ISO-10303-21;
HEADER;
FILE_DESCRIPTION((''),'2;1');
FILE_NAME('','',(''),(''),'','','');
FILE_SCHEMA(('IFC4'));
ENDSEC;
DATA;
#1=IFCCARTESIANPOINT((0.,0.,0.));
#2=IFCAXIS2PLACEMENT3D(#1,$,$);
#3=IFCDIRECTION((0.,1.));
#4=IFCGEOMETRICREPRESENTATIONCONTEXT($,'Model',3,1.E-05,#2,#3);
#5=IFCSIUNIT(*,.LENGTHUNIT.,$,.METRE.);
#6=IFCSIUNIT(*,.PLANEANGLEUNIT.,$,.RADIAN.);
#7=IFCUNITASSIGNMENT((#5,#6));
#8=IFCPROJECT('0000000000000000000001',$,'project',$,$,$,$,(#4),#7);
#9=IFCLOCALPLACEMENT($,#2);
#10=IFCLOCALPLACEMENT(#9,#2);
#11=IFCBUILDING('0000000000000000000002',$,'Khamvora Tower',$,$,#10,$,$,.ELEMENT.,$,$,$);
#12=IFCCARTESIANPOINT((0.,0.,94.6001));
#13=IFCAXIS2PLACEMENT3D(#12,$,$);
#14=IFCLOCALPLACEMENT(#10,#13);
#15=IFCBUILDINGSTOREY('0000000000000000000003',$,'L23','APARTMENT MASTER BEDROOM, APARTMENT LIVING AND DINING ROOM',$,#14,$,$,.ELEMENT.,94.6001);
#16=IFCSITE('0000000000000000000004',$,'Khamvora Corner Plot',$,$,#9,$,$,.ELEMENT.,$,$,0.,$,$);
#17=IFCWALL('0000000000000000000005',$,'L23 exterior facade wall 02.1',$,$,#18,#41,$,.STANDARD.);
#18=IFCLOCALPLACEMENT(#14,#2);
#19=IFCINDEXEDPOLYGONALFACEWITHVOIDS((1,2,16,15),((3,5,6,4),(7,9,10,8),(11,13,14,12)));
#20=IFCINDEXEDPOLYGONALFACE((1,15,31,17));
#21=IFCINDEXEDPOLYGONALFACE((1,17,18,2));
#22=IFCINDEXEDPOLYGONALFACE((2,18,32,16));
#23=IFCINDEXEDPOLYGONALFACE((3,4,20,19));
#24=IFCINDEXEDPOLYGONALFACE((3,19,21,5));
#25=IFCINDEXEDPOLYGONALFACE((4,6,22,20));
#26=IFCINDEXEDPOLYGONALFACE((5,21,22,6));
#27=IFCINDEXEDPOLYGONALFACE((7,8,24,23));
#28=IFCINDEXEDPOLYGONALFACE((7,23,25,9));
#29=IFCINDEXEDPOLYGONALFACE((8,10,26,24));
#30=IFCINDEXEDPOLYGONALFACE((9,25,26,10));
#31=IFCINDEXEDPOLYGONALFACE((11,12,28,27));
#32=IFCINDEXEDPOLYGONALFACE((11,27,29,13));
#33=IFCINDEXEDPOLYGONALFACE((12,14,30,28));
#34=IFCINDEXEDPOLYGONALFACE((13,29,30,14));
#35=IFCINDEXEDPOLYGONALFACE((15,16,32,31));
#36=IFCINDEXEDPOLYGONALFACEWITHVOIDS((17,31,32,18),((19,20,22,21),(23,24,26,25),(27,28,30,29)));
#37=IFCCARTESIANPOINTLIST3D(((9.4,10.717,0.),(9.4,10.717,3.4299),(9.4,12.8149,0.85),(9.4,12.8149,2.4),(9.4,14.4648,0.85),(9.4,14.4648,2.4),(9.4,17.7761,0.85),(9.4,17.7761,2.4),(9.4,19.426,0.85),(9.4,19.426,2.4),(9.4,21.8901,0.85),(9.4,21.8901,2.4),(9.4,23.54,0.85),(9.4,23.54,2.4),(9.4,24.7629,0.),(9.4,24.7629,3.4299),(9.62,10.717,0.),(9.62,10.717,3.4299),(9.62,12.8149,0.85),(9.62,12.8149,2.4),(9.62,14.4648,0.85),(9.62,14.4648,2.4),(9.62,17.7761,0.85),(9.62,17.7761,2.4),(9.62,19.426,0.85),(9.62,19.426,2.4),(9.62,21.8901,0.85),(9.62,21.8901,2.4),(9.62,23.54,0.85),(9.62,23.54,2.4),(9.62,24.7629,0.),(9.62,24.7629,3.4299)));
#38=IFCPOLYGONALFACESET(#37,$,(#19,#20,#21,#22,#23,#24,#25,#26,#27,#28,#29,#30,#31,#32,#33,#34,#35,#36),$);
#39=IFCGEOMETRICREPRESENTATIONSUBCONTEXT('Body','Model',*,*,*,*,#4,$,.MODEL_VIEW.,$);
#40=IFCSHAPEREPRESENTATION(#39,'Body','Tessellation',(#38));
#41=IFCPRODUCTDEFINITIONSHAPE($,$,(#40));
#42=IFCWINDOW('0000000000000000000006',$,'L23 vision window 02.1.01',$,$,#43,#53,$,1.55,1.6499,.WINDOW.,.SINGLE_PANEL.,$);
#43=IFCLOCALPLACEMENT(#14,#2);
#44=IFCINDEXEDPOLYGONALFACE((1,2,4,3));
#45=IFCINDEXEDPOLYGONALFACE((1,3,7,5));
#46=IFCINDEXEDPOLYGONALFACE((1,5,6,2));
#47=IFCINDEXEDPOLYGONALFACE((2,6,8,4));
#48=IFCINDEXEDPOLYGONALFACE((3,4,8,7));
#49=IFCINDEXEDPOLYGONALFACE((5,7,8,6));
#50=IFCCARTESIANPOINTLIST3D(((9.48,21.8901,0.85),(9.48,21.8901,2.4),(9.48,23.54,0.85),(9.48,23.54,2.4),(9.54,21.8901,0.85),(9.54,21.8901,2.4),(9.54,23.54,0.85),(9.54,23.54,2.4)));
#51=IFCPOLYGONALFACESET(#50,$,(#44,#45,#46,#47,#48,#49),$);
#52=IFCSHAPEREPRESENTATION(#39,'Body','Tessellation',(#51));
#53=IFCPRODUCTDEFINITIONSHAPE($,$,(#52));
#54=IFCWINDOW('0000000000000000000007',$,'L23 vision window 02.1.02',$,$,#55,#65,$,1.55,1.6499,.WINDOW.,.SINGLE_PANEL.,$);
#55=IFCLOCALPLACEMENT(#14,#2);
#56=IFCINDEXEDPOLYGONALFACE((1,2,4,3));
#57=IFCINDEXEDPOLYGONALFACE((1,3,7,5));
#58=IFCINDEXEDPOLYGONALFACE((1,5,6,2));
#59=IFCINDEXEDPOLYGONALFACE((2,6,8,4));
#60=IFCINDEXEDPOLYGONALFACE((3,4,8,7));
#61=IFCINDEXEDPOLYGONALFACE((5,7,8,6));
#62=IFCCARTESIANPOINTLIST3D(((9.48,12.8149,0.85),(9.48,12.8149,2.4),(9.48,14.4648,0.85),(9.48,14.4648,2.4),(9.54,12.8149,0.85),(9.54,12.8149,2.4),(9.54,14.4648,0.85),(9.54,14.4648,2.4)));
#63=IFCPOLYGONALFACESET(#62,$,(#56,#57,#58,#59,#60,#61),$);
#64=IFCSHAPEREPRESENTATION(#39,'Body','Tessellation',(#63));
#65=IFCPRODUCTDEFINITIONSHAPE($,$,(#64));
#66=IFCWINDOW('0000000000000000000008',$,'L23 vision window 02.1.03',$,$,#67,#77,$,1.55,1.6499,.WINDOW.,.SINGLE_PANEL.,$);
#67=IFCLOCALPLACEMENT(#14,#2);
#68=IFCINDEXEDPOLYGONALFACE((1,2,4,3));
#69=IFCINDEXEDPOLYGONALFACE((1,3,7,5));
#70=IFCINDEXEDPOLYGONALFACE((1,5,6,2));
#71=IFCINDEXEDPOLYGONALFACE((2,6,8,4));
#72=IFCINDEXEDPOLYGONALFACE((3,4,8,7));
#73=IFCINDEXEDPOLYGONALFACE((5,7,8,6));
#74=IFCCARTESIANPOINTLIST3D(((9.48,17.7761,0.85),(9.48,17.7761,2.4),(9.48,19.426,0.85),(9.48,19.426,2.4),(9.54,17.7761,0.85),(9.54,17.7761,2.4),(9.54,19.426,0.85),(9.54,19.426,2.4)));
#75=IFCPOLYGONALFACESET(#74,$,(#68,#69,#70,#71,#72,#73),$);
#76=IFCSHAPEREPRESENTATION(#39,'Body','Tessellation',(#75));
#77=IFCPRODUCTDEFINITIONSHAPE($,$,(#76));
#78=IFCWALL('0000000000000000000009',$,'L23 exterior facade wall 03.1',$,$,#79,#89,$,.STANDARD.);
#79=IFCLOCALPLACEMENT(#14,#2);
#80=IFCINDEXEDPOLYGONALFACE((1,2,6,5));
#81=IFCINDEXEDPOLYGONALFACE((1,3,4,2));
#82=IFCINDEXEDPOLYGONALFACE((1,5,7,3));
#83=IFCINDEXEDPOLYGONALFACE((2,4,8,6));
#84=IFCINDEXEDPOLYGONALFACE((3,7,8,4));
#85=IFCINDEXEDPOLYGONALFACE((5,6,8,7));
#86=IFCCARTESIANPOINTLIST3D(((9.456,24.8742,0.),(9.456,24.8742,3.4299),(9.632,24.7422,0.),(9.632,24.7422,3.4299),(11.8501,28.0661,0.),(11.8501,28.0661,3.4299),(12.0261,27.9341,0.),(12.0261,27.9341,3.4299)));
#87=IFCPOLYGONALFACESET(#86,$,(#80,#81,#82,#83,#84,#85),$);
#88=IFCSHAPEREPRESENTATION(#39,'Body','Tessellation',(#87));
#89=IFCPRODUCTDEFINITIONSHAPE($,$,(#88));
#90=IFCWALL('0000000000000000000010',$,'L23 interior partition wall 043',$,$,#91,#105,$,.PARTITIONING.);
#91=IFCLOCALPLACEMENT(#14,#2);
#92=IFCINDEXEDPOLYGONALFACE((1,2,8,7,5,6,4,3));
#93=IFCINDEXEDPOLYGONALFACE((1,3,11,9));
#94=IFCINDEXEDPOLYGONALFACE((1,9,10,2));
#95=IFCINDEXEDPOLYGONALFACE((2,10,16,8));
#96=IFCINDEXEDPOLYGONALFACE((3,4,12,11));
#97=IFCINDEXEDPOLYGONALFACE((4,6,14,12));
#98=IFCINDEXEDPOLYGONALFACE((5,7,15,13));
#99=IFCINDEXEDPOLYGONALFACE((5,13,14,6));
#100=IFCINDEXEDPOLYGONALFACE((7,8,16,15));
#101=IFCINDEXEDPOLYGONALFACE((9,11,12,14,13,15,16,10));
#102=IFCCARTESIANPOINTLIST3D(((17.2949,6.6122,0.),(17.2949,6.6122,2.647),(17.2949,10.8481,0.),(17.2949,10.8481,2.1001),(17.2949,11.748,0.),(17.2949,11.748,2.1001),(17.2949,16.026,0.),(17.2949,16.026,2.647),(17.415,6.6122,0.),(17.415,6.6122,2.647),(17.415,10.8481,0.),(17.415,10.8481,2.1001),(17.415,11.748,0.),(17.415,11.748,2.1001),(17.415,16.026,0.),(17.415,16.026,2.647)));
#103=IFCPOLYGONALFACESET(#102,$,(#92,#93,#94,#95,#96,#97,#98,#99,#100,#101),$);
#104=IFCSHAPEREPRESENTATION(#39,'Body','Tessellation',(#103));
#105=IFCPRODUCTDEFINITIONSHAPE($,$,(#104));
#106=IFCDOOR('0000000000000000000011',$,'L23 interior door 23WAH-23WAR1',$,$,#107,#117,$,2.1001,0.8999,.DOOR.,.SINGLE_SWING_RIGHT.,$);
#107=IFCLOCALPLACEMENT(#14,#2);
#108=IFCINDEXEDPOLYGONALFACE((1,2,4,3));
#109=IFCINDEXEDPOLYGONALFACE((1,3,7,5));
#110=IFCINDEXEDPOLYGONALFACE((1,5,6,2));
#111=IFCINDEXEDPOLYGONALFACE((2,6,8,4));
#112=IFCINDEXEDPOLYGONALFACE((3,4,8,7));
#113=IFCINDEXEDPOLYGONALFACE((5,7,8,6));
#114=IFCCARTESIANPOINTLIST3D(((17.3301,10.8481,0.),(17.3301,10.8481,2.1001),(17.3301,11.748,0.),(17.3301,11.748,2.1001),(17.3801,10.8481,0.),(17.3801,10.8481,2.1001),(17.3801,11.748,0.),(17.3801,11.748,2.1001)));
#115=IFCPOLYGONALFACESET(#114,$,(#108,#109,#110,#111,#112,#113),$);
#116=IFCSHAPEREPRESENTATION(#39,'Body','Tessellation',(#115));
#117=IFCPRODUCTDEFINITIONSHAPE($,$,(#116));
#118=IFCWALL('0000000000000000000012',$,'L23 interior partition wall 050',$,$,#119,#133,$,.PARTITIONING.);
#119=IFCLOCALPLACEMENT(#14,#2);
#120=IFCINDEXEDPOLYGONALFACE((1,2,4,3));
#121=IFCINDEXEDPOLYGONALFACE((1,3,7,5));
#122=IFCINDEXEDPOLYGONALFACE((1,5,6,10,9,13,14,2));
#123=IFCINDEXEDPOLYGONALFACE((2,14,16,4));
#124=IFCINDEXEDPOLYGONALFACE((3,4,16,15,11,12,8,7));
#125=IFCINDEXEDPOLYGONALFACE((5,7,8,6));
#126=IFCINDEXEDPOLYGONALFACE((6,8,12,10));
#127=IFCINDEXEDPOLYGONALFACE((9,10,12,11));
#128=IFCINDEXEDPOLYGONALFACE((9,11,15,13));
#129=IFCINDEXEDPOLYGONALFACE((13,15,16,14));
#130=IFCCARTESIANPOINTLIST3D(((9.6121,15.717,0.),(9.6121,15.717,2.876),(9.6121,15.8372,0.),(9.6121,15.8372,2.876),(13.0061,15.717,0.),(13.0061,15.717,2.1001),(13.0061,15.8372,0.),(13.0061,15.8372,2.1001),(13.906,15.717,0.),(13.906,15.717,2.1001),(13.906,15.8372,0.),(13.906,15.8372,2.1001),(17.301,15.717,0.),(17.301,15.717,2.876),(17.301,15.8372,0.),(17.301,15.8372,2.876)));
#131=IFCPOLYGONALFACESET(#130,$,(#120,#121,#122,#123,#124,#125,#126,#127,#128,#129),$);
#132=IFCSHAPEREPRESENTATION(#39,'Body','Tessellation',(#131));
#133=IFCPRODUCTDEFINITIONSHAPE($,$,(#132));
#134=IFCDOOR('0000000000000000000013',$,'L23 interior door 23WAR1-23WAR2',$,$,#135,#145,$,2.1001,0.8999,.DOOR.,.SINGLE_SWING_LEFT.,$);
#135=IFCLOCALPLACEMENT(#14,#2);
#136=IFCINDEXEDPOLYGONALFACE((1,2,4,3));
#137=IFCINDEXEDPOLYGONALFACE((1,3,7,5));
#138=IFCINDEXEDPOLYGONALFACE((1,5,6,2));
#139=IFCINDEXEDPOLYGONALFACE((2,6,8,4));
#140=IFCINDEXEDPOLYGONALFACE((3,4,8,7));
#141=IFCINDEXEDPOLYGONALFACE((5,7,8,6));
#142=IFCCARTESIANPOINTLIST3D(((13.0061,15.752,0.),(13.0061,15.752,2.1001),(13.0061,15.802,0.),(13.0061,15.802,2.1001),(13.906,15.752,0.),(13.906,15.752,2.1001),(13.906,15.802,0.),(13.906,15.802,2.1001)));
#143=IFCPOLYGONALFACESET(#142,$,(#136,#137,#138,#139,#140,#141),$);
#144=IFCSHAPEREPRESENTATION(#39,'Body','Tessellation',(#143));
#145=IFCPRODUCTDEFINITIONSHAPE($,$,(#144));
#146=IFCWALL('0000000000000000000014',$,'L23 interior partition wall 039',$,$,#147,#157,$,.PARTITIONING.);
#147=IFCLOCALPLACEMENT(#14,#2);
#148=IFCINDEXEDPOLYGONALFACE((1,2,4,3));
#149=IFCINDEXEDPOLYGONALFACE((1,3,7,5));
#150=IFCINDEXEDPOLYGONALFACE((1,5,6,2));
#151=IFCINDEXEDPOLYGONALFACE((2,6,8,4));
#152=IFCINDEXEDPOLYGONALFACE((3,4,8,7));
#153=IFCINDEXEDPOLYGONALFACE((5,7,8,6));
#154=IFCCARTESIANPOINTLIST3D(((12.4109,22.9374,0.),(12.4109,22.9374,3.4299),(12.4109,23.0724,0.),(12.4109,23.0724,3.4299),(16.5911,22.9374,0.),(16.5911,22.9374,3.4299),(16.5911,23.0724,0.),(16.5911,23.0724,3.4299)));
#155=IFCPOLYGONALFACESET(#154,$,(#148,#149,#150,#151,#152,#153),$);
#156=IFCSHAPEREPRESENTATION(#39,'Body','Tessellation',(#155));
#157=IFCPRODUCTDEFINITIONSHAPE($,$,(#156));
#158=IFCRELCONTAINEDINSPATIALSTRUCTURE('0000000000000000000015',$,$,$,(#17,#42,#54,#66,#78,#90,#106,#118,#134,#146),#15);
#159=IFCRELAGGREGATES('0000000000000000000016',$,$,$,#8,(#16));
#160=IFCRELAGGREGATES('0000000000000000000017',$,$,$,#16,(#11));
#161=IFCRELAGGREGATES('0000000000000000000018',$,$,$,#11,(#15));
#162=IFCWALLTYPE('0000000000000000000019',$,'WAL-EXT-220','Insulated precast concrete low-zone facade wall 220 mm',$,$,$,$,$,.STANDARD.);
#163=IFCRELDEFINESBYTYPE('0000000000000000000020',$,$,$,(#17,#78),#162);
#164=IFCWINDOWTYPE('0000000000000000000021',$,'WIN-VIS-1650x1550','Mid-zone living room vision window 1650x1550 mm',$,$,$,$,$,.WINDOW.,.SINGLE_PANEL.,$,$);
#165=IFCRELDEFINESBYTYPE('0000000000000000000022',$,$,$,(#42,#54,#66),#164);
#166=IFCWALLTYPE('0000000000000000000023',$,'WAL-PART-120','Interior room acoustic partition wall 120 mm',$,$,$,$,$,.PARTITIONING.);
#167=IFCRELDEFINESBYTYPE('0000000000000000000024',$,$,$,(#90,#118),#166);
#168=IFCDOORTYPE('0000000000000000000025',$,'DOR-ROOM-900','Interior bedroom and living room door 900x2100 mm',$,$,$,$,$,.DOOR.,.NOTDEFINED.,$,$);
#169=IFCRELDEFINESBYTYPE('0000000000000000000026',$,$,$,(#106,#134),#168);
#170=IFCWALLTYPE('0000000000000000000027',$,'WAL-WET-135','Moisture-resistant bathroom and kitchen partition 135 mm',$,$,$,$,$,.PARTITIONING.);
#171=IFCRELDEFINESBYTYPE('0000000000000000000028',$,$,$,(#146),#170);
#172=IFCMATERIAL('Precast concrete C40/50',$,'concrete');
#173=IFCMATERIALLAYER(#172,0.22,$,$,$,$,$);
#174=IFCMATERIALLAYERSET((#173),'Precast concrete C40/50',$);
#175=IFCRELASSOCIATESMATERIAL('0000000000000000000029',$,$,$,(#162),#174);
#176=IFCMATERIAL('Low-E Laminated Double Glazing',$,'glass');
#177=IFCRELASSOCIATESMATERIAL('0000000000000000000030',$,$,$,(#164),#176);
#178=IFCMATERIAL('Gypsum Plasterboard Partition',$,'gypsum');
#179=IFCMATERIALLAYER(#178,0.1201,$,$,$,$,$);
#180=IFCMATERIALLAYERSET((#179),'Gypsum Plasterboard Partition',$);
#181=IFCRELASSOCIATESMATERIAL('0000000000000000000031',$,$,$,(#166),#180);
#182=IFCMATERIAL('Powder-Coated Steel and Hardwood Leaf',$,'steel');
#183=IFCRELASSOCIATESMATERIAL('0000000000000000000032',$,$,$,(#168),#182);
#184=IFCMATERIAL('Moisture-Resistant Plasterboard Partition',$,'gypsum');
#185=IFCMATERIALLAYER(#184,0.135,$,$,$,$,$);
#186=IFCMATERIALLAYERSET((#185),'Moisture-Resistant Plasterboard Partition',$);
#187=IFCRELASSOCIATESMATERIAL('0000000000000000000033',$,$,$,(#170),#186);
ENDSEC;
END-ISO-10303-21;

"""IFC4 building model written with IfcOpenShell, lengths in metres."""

from ifc_helpers import new_model, si_unit, direction, frame, frame_2d, origin, place, context, subcontext, project, spatial, rectangle, extrude, material, layer, layer_set, type_object, element, fill, save


model = new_model("IFC4")

# Units and contexts
model_context = context("Model", 3, precision=1e-05, world=origin(), true_north=direction((0.0, 1.0)))
body_context = subcontext(model_context, "Body", "Model", "MODEL_VIEW")
ifc_project = project(units=[si_unit("LENGTHUNIT", "METRE"), si_unit("PLANEANGLEUNIT", "RADIAN")], contexts=[model_context])

# Site, building, storey
site_placement = place(None, origin())
site = spatial("IfcSite", under=ifc_project, at=site_placement, Name="Khamvora Corner Plot", CompositionType="ELEMENT", RefElevation=0.0)
building_placement = place(site_placement, origin())
building = spatial("IfcBuilding", under=site, at=building_placement, Name="Khamvora Tower", CompositionType="ELEMENT")
storey_placement = place(building_placement, frame((0.0, 0.0, 94.6001)))
storey = spatial("IfcBuildingStorey", under=building, at=storey_placement, Name="L23", Description="APARTMENT MASTER BEDROOM, APARTMENT LIVING AND DINING ROOM", CompositionType="ELEMENT", Elevation=94.6001)

# Shared definitions
ifc_material_1 = material(Name="Precast concrete C40/50", Category="concrete")
ifc_layer_1 = layer(ifc_material_1, 0.22)
ifc_layer_set_1 = layer_set([ifc_layer_1], Name="Precast concrete C40/50")
wall_type_1 = type_object("IfcWallType", Name="WAL-EXT-220", Description="Insulated precast concrete low-zone facade wall 220 mm", PredefinedType="STANDARD", material=ifc_layer_set_1)

# Wall, openings, windows
wall_1_placement = place(storey_placement, frame((9.51, 10.717, 0.0), z_axis=(0.0, 0.0, 1.0), x_axis=(0.0, 1.0, 0.0)))
wall_1 = element("IfcWall", 1, at=wall_1_placement, inside=storey, type_object=wall_type_1, Name="L23 exterior facade wall 02.1", PredefinedType="STANDARD", context=body_context, shape_type="SweptSolid", body=[
    extrude(rectangle(XDim=14.0459, YDim=0.22, at=frame_2d((7.0229, 0.0))), origin(), (0.0, 0.0, 1.0), 3.4299),
])
opening_1_placement = place(wall_1_placement, frame((11.1731, 0.0, 0.8501)))
opening_1 = element("IfcOpeningElement", 2, at=opening_1_placement, cuts=wall_1, PredefinedType="OPENING", context=body_context, shape_type="SweptSolid", body=[
    extrude(rectangle(XDim=1.6499, YDim=1.55, at=frame_2d((0.825, 0.7749))), frame((0.0, 0.1199, 0.0), z_axis=(0.0, -1.0, 0.0), x_axis=(1.0, 0.0, 0.0)), (0.0, 0.0, 1.0), 0.24),
])
opening_2_placement = place(wall_1_placement, frame((2.0979, 0.0, 0.8501)))
opening_2 = element("IfcOpeningElement", 3, at=opening_2_placement, cuts=wall_1, PredefinedType="OPENING", context=body_context, shape_type="SweptSolid", body=[
    extrude(rectangle(XDim=1.6499, YDim=1.55, at=frame_2d((0.825, 0.7749))), frame((0.0, 0.1199, 0.0), z_axis=(0.0, -1.0, 0.0), x_axis=(1.0, 0.0, 0.0)), (0.0, 0.0, 1.0), 0.24),
])
opening_3_placement = place(wall_1_placement, frame((7.0591, 0.0, 0.8501)))
opening_3 = element("IfcOpeningElement", 4, at=opening_3_placement, cuts=wall_1, PredefinedType="OPENING", context=body_context, shape_type="SweptSolid", body=[
    extrude(rectangle(XDim=1.6499, YDim=1.55, at=frame_2d((0.825, 0.7749))), frame((0.0, 0.1199, 0.0), z_axis=(0.0, -1.0, 0.0), x_axis=(1.0, 0.0, 0.0)), (0.0, 0.0, 1.0), 0.24),
])
ifc_material_2 = material(Name="Low-E Laminated Double Glazing", Category="glass")
window_type = type_object("IfcWindowType", Name="WIN-VIS-1650x1550", Description="Mid-zone living room vision window 1650x1550 mm", PartitioningType="SINGLE_PANEL", PredefinedType="WINDOW", material=ifc_material_2)
window_1_placement = place(opening_1_placement, origin())
window_1 = element("IfcWindow", 5, at=window_1_placement, inside=storey, type_object=window_type, Name="L23 vision window 02.1.01", OverallHeight=1.55, OverallWidth=1.6499, PartitioningType="SINGLE_PANEL", PredefinedType="WINDOW", context=body_context, shape_type="SweptSolid", body=[
    extrude(rectangle(XDim=1.6499, YDim=1.55, at=frame_2d((0.825, 0.7749))), frame((0.0, 0.03, 0.0), z_axis=(0.0, -1.0, 0.0), x_axis=(1.0, 0.0, 0.0)), (0.0, 0.0, 1.0), 0.0601),
])
fill(opening_1, window_1)
window_2_placement = place(opening_2_placement, origin())
window_2 = element("IfcWindow", 6, at=window_2_placement, inside=storey, type_object=window_type, Name="L23 vision window 02.1.02", OverallHeight=1.55, OverallWidth=1.6499, PartitioningType="SINGLE_PANEL", PredefinedType="WINDOW", context=body_context, shape_type="SweptSolid", body=[
    extrude(rectangle(XDim=1.6499, YDim=1.55, at=frame_2d((0.825, 0.7749))), frame((0.0, 0.03, 0.0), z_axis=(0.0, -1.0, 0.0), x_axis=(1.0, 0.0, 0.0)), (0.0, 0.0, 1.0), 0.0601),
])
fill(opening_2, window_2)
window_3_placement = place(opening_3_placement, origin())
window_3 = element("IfcWindow", 7, at=window_3_placement, inside=storey, type_object=window_type, Name="L23 vision window 02.1.03", OverallHeight=1.55, OverallWidth=1.6499, PartitioningType="SINGLE_PANEL", PredefinedType="WINDOW", context=body_context, shape_type="SweptSolid", body=[
    extrude(rectangle(XDim=1.6499, YDim=1.55, at=frame_2d((0.825, 0.7749))), frame((0.0, 0.03, 0.0), z_axis=(0.0, -1.0, 0.0), x_axis=(1.0, 0.0, 0.0)), (0.0, 0.0, 1.0), 0.0601),
])
fill(opening_3, window_3)

# Wall
wall_2_placement = place(storey_placement, frame((9.5439, 24.8081, 0.0), z_axis=(0.0, 0.0, 1.0), x_axis=(0.60002, 0.799985, 0.0)))
element("IfcWall", 8, at=wall_2_placement, inside=storey, type_object=wall_type_1, Name="L23 exterior facade wall 03.1", PredefinedType="STANDARD", context=body_context, shape_type="SweptSolid", body=[
    extrude(rectangle(XDim=3.99, YDim=0.22, at=frame_2d((1.9951, 0.0))), origin(), (0.0, 0.0, 1.0), 3.4299),
])

# Walls, openings, doors
ifc_material_3 = material(Name="Gypsum Plasterboard Partition", Category="gypsum")
ifc_layer_2 = layer(ifc_material_3, 0.1201)
ifc_layer_set_2 = layer_set([ifc_layer_2], Name="Gypsum Plasterboard Partition")
wall_type_2 = type_object("IfcWallType", Name="WAL-PART-120", Description="Interior room acoustic partition wall 120 mm", PredefinedType="PARTITIONING", material=ifc_layer_set_2)
wall_3_placement = place(storey_placement, frame((17.355, 6.6121, 0.0), z_axis=(0.0, 0.0, 1.0), x_axis=(0.0, 1.0, 0.0)))
wall_3 = element("IfcWall", 9, at=wall_3_placement, inside=storey, type_object=wall_type_2, Name="L23 interior partition wall 043", PredefinedType="PARTITIONING", context=body_context, shape_type="SweptSolid", body=[
    extrude(rectangle(XDim=9.4138, YDim=0.1201, at=frame_2d((4.707, 0.0))), origin(), (0.0, 0.0, 1.0), 2.647),
])
opening_4_placement = place(wall_3_placement, frame((4.2361, 0.0, 0.0)))
opening_4 = element("IfcOpeningElement", 10, at=opening_4_placement, cuts=wall_3, PredefinedType="OPENING", context=body_context, shape_type="SweptSolid", body=[
    extrude(rectangle(XDim=0.8999, YDim=2.1001, at=frame_2d((0.45, 1.05))), frame((0.0, 0.0701, 0.0), z_axis=(0.0, -1.0, 0.0), x_axis=(1.0, 0.0, 0.0)), (0.0, 0.0, 1.0), 0.1401),
])
ifc_material_4 = material(Name="Powder-Coated Steel and Hardwood Leaf", Category="steel")
door_type_1 = type_object("IfcDoorType", Name="DOR-ROOM-900", Description="Interior bedroom and living room door 900x2100 mm", OperationType="NOTDEFINED", PredefinedType="DOOR", material=ifc_material_4)
door_1_placement = place(opening_4_placement, origin())
door_1 = element("IfcDoor", 11, at=door_1_placement, inside=storey, type_object=door_type_1, Name="L23 interior door 23WAH-23WAR1", OperationType="SINGLE_SWING_RIGHT", OverallHeight=2.1001, OverallWidth=0.8999, PredefinedType="DOOR", context=body_context, shape_type="SweptSolid", body=[
    extrude(rectangle(XDim=0.8999, YDim=2.1001, at=frame_2d((0.45, 1.05))), frame((0.0, 0.0249, 0.0), z_axis=(0.0, -1.0, 0.0), x_axis=(1.0, 0.0, 0.0)), (0.0, 0.0, 1.0), 0.05),
])
fill(opening_4, door_1)
wall_4_placement = place(storey_placement, frame((9.6121, 15.7771, 0.0), z_axis=(0.0, 0.0, 1.0), x_axis=(1.0, 0.0, 0.0)))
wall_4 = element("IfcWall", 12, at=wall_4_placement, inside=storey, type_object=wall_type_2, Name="L23 interior partition wall 050", PredefinedType="PARTITIONING", context=body_context, shape_type="SweptSolid", body=[
    extrude(rectangle(XDim=7.689, YDim=0.1201, at=frame_2d((3.8445, 0.0))), origin(), (0.0, 0.0, 1.0), 2.876),
])
opening_5_placement = place(wall_4_placement, frame((3.394, 0.0, 0.0)))
opening_5 = element("IfcOpeningElement", 13, at=opening_5_placement, cuts=wall_4, PredefinedType="OPENING", context=body_context, shape_type="SweptSolid", body=[
    extrude(rectangle(XDim=0.8999, YDim=2.1001, at=frame_2d((0.45, 1.05))), frame((0.0, 0.0701, 0.0), z_axis=(0.0, -1.0, 0.0), x_axis=(1.0, 0.0, 0.0)), (0.0, 0.0, 1.0), 0.1401),
])
door_2_placement = place(opening_5_placement, origin())
door_2 = element("IfcDoor", 14, at=door_2_placement, inside=storey, type_object=door_type_1, Name="L23 interior door 23WAR1-23WAR2", OperationType="SINGLE_SWING_LEFT", OverallHeight=2.1001, OverallWidth=0.8999, PredefinedType="DOOR", context=body_context, shape_type="SweptSolid", body=[
    extrude(rectangle(XDim=0.8999, YDim=2.1001, at=frame_2d((0.45, 1.05))), frame((0.0, 0.0249, 0.0), z_axis=(0.0, -1.0, 0.0), x_axis=(1.0, 0.0, 0.0)), (0.0, 0.0, 1.0), 0.05),
])
fill(opening_5, door_2)

# Wall
ifc_material_5 = material(Name="Moisture-Resistant Plasterboard Partition", Category="gypsum")
ifc_layer_3 = layer(ifc_material_5, 0.135)
ifc_layer_set_3 = layer_set([ifc_layer_3], Name="Moisture-Resistant Plasterboard Partition")
wall_type_3 = type_object("IfcWallType", Name="WAL-WET-135", Description="Moisture-resistant bathroom and kitchen partition 135 mm", PredefinedType="PARTITIONING", material=ifc_layer_set_3)
wall_5_placement = place(storey_placement, frame((12.4109, 23.0049, 0.0), z_axis=(0.0, 0.0, 1.0), x_axis=(1.0, 0.0, 0.0)))
element("IfcWall", 15, at=wall_5_placement, inside=storey, type_object=wall_type_3, Name="L23 interior partition wall 039", PredefinedType="PARTITIONING", context=body_context, shape_type="SweptSolid", body=[
    extrude(rectangle(XDim=4.1802, YDim=0.135, at=frame_2d((2.0901, 0.0))), origin(), (0.0, 0.0, 1.0), 3.4299),
])

save(model, "model.ifc")
